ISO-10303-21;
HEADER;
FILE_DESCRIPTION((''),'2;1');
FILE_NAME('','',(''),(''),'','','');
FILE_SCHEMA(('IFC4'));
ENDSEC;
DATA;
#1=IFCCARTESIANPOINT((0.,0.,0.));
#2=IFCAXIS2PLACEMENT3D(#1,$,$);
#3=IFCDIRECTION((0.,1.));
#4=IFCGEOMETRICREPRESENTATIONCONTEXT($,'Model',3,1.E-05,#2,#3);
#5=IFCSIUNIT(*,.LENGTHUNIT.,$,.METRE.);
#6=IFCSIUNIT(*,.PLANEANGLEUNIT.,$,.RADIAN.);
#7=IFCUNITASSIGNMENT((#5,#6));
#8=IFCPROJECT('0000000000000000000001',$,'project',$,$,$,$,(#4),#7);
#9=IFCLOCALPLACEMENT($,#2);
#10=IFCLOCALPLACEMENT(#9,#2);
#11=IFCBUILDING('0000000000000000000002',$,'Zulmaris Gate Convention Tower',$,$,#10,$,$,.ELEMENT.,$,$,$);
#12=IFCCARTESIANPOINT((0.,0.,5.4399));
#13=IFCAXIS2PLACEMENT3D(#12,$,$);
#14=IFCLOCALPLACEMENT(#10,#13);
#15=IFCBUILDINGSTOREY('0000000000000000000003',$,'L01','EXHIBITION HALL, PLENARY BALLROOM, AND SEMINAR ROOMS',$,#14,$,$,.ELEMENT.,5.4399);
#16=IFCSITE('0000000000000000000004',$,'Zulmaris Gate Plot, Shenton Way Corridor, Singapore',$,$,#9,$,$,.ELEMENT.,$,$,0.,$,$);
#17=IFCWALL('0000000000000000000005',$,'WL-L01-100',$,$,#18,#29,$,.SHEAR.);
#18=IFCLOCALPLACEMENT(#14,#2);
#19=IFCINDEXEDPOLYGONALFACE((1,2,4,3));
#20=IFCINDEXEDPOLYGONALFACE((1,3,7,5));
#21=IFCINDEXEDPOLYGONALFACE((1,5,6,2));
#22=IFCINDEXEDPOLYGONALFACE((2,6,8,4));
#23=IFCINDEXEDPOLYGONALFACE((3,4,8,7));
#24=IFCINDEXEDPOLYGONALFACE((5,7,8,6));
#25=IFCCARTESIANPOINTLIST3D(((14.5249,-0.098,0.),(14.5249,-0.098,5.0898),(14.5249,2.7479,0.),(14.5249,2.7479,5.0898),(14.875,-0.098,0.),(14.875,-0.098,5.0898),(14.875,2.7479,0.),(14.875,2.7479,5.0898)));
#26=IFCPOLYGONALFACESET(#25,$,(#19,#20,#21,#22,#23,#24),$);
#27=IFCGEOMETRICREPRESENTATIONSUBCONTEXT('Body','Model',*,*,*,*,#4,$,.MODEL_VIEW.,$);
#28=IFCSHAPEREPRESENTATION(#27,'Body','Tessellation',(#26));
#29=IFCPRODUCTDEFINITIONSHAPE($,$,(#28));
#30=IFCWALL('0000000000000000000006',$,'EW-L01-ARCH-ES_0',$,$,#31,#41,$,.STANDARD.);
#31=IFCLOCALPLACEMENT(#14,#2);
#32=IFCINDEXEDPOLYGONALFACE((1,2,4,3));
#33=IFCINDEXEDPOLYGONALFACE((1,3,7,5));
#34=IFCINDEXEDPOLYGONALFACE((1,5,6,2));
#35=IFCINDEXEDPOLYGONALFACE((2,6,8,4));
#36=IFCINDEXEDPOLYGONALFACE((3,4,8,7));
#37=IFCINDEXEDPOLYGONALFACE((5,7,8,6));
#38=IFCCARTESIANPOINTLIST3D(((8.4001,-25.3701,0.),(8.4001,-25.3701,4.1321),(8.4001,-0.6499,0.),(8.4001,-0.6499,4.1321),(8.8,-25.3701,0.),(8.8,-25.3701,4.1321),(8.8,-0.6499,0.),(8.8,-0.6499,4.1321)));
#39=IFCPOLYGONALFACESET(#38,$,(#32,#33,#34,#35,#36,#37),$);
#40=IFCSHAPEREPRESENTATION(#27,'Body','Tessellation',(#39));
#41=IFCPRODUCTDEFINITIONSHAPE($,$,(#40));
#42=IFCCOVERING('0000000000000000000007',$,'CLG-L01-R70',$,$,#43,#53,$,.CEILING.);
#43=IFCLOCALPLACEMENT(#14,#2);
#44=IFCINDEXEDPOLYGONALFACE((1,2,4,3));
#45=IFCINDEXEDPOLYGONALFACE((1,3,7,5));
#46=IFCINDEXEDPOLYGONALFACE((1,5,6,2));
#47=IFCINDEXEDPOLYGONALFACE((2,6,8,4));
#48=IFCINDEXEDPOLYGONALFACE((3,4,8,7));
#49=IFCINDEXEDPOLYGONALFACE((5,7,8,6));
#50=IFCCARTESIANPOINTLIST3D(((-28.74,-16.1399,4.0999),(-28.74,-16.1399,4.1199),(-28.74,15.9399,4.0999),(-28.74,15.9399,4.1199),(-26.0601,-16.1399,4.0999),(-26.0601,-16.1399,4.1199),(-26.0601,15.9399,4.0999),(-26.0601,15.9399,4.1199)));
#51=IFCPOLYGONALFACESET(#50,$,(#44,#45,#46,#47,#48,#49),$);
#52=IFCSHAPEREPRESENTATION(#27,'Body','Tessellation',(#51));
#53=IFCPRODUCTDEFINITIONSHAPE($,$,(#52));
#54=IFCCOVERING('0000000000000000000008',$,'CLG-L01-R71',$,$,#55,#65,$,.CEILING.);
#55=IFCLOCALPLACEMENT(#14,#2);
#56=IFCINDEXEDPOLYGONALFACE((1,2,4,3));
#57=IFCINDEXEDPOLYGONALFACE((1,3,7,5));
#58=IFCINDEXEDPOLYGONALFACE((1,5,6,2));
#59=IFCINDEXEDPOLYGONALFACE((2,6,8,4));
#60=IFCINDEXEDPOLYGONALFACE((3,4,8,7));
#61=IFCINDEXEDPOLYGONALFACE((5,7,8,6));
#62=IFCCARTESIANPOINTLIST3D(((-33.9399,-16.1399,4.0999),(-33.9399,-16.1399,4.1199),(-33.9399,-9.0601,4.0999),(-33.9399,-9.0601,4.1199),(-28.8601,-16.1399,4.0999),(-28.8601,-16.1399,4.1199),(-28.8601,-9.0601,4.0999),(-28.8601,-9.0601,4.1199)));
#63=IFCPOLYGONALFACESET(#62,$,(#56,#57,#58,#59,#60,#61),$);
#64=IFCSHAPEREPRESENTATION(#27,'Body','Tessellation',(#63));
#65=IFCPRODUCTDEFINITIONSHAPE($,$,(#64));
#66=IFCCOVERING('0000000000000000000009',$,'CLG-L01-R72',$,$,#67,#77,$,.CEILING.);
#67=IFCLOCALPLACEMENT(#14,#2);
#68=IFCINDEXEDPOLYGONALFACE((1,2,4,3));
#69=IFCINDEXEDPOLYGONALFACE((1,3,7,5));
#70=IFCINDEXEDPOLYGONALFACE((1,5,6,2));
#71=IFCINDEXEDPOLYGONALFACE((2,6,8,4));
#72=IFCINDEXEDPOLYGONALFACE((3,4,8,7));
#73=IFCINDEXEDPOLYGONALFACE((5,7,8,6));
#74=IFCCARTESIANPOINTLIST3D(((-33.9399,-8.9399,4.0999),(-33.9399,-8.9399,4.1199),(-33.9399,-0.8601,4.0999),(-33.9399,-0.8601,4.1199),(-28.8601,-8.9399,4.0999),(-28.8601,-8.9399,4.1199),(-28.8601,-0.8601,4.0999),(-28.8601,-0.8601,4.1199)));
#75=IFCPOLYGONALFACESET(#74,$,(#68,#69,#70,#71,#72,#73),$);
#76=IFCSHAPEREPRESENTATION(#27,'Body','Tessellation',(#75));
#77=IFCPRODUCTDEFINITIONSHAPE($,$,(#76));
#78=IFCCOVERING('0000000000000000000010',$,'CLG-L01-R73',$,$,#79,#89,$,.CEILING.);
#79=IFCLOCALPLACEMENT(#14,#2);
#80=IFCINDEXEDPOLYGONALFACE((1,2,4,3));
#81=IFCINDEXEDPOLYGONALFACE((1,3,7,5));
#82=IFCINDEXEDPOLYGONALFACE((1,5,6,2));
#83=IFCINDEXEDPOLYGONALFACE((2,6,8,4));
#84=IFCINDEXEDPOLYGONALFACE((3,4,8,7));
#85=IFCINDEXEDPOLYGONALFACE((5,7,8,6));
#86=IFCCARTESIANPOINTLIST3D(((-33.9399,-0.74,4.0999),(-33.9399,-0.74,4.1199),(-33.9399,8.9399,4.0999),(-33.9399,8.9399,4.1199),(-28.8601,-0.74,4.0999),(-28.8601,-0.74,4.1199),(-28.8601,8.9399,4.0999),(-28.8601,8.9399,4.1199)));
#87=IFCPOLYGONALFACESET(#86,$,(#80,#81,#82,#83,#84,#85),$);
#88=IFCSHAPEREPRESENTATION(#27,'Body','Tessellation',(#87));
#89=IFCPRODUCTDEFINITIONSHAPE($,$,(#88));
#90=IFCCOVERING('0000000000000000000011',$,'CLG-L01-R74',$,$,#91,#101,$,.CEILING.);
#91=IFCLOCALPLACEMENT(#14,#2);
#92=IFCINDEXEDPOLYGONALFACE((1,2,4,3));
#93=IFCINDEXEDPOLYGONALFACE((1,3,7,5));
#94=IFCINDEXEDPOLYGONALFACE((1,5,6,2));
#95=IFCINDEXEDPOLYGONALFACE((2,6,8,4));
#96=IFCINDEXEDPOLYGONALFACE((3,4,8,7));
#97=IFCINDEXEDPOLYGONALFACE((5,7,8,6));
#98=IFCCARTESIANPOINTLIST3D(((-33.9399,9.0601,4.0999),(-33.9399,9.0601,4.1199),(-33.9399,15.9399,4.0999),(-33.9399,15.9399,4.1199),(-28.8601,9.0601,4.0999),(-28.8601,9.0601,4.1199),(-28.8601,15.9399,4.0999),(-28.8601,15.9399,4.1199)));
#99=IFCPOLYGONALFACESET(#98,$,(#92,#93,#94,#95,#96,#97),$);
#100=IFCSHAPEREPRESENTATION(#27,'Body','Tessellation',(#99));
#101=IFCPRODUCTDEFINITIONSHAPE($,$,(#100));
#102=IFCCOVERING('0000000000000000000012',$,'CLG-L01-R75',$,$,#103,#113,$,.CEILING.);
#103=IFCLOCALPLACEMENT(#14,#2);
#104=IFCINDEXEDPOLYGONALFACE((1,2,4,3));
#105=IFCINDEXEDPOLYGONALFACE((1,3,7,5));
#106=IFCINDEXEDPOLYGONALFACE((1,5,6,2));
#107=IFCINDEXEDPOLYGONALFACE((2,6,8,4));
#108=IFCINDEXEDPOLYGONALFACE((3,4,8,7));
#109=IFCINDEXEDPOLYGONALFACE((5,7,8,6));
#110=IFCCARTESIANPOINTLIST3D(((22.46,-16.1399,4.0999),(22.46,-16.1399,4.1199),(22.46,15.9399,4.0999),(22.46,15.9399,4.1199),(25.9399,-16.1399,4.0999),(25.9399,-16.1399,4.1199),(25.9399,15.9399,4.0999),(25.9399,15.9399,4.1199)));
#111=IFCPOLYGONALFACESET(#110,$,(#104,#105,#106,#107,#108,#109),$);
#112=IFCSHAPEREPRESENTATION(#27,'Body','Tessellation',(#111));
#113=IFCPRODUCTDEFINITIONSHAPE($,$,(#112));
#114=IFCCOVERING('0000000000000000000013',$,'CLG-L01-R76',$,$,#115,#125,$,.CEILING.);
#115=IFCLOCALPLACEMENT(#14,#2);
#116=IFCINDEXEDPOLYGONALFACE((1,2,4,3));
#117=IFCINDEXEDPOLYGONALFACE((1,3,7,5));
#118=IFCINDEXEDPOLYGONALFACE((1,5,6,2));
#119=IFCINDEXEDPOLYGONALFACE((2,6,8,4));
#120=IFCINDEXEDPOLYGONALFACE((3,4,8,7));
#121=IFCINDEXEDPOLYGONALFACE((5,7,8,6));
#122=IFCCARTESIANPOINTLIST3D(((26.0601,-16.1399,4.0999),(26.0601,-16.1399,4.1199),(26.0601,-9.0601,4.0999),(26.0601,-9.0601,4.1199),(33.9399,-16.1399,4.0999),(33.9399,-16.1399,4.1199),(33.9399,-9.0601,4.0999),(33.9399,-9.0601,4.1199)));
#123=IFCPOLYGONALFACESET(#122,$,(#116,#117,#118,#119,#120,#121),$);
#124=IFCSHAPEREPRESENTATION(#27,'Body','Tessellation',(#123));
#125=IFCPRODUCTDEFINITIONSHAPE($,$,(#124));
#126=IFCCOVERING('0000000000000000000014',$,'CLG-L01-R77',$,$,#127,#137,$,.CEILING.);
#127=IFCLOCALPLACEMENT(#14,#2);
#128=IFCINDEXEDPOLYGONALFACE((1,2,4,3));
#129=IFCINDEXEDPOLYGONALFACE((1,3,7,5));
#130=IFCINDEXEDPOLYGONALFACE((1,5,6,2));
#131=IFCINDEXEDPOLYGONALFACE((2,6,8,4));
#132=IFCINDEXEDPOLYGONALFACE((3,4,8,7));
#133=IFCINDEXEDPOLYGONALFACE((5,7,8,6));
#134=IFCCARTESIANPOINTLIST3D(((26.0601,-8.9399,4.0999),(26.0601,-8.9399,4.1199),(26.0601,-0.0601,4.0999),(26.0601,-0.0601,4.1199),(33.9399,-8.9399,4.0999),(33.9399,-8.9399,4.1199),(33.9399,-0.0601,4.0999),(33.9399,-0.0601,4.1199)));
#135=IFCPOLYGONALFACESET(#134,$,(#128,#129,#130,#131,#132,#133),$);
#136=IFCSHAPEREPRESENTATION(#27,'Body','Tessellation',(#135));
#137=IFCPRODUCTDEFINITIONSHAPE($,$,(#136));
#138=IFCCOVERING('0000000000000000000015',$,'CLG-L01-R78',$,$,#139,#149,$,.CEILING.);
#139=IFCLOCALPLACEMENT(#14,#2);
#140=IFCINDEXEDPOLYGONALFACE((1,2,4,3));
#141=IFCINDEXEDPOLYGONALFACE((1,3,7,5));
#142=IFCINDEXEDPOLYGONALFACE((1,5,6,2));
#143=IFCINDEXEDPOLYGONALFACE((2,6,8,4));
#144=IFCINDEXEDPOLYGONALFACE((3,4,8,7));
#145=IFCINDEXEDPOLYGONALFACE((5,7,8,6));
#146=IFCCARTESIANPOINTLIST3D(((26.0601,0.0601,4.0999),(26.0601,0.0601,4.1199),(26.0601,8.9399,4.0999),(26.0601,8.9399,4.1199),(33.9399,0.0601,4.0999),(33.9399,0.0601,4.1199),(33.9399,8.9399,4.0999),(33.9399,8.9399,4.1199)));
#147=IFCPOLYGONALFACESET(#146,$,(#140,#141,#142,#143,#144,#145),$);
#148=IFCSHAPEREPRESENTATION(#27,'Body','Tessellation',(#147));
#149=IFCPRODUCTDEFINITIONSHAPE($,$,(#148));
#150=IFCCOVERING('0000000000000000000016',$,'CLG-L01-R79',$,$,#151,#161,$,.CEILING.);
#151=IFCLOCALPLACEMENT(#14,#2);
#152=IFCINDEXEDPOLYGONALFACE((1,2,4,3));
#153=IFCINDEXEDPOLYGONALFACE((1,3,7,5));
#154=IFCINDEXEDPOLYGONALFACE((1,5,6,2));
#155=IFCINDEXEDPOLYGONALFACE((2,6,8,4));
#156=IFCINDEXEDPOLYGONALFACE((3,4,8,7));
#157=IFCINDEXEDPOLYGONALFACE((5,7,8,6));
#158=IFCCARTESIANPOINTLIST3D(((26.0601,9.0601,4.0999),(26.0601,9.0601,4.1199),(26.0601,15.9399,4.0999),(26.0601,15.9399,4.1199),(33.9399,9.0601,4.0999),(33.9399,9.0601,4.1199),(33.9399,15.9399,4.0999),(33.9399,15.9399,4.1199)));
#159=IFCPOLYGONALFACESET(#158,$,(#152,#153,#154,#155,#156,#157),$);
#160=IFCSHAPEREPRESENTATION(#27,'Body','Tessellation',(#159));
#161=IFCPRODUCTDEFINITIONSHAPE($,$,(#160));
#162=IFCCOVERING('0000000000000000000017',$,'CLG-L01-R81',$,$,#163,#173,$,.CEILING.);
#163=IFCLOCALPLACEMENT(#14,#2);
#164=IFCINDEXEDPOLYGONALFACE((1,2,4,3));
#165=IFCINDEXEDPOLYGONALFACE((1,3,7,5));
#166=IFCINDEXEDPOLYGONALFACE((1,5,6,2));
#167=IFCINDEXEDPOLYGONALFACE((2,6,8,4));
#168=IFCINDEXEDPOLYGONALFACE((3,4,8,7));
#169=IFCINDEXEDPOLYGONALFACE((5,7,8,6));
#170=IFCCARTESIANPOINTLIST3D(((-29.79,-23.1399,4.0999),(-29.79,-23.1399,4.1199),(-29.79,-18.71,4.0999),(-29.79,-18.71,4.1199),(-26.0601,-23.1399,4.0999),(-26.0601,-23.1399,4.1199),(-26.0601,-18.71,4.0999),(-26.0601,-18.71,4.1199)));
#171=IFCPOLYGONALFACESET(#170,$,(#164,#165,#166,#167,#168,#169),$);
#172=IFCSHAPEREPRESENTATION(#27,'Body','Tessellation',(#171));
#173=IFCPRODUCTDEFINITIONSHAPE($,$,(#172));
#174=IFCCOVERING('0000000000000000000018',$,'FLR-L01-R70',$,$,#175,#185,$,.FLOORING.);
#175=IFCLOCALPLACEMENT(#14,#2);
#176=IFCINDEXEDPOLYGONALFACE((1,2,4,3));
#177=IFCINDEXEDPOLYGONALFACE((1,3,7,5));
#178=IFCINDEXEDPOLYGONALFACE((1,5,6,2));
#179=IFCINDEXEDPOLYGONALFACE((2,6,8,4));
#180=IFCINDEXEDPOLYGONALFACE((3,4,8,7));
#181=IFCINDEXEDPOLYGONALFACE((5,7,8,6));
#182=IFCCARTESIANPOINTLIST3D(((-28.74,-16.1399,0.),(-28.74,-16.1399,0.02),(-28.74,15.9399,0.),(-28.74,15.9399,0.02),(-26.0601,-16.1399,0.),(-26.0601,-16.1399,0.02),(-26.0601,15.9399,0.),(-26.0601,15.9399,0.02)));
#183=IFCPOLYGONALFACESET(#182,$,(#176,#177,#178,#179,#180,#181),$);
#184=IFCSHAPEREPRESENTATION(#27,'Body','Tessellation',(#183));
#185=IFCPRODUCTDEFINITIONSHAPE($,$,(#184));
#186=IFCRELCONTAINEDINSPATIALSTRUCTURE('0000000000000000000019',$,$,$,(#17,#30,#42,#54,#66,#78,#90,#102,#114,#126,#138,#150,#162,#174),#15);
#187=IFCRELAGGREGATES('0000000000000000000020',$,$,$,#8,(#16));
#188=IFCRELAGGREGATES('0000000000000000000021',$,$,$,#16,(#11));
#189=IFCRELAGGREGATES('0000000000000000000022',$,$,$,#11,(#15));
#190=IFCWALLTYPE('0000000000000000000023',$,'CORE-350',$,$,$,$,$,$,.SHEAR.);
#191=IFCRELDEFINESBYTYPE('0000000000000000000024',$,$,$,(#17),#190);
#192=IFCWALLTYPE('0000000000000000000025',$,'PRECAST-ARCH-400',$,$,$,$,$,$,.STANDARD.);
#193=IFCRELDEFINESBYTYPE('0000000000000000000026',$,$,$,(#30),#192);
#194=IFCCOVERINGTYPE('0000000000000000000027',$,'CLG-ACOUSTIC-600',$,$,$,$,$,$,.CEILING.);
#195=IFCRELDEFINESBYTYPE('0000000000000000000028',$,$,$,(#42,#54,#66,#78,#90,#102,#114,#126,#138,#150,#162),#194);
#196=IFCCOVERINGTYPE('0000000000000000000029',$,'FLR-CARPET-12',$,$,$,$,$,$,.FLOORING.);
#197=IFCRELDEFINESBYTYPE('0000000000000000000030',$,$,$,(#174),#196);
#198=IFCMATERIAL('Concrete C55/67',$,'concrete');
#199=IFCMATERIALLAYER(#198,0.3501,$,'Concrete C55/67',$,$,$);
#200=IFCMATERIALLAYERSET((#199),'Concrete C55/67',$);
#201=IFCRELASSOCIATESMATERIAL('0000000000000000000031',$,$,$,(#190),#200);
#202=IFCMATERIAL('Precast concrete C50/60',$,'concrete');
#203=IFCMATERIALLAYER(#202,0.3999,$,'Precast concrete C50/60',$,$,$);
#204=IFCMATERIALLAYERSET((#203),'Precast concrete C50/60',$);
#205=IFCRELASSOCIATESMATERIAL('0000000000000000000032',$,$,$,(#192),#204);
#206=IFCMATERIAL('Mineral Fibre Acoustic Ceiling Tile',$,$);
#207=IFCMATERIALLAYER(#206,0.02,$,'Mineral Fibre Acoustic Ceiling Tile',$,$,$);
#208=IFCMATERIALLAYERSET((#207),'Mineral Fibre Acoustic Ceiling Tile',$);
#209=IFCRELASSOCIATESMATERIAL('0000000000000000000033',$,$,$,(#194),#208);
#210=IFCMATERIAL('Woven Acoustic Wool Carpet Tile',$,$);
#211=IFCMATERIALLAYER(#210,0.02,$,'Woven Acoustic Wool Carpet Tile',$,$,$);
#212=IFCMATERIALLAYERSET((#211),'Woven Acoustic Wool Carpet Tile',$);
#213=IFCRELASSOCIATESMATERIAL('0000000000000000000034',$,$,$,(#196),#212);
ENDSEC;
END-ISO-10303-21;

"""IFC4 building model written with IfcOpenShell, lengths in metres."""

from ifc_helpers import new_model, si_unit, direction, frame, frame_2d, origin, place, context, subcontext, project, spatial, polyline, rectangle, outline, extrude, material, layer, layer_set, type_object, element, save


model = new_model("IFC4")

# Units and contexts
model_context = context("Model", 3, precision=1e-05, world=origin(), true_north=direction((0.0, 1.0)))
body_context = subcontext(model_context, "Body", "Model", "MODEL_VIEW")
ifc_project = project(units=[si_unit("LENGTHUNIT", "METRE"), si_unit("PLANEANGLEUNIT", "RADIAN")], contexts=[model_context])

# Site, building, storey
site_placement = place(None, origin())
site = spatial("IfcSite", under=ifc_project, at=site_placement, Name="Zulmaris Gate Plot, Shenton Way Corridor, Singapore", CompositionType="ELEMENT", RefElevation=0.0)
building_placement = place(site_placement, origin())
building = spatial("IfcBuilding", under=site, at=building_placement, Name="Zulmaris Gate Convention Tower", CompositionType="ELEMENT")
storey_placement = place(building_placement, frame((0.0, 0.0, 5.4399)))
storey = spatial("IfcBuildingStorey", under=building, at=storey_placement, Name="L01", Description="EXHIBITION HALL, PLENARY BALLROOM, AND SEMINAR ROOMS", CompositionType="ELEMENT", Elevation=5.4399)

# Walls
ifc_material_1 = material(Name="Concrete C55/67", Category="concrete")
ifc_layer_1 = layer(ifc_material_1, 0.3501, Name="Concrete C55/67")
ifc_layer_set_1 = layer_set([ifc_layer_1], Name="Concrete C55/67")
wall_type_1 = type_object("IfcWallType", Name="CORE-350", PredefinedType="SHEAR", material=ifc_layer_set_1)
wall_1_placement = place(storey_placement, frame((14.7, -0.0979, 0.0), z_axis=(0.0, 0.0, 1.0), x_axis=(0.0, 1.0, 0.0)))
element("IfcWall", 1, at=wall_1_placement, inside=storey, type_object=wall_type_1, Name="WL-L01-100", PredefinedType="SHEAR", context=body_context, shape_type="SweptSolid", body=[
    extrude(rectangle(XDim=2.8459, YDim=0.3501, at=frame_2d((1.4229, 0.0))), origin(), (0.0, 0.0, 1.0), 5.0898),
])
ifc_material_2 = material(Name="Precast concrete C50/60", Category="concrete")
ifc_layer_2 = layer(ifc_material_2, 0.3999, Name="Precast concrete C50/60")
ifc_layer_set_2 = layer_set([ifc_layer_2], Name="Precast concrete C50/60")
wall_type_2 = type_object("IfcWallType", Name="PRECAST-ARCH-400", PredefinedType="STANDARD", material=ifc_layer_set_2)
wall_2_placement = place(storey_placement, frame((8.6001, -0.6499, 0.0), z_axis=(0.0, 0.0, 1.0), x_axis=(0.0, -1.0, 0.0)))
element("IfcWall", 2, at=wall_2_placement, inside=storey, type_object=wall_type_2, Name="EW-L01-ARCH-ES_0", PredefinedType="STANDARD", context=body_context, shape_type="SweptSolid", body=[
    extrude(rectangle(XDim=24.7202, YDim=0.3999, at=frame_2d((12.3601, 0.0))), origin(), (0.0, 0.0, 1.0), 4.1321),
])

# Coverings
ifc_material_3 = material(Name="Mineral Fibre Acoustic Ceiling Tile")
ifc_layer_3 = layer(ifc_material_3, 0.02, Name="Mineral Fibre Acoustic Ceiling Tile")
ifc_layer_set_3 = layer_set([ifc_layer_3], Name="Mineral Fibre Acoustic Ceiling Tile")
covering_type_1 = type_object("IfcCoveringType", Name="CLG-ACOUSTIC-600", PredefinedType="CEILING", material=ifc_layer_set_3)
covering_1_placement = place(storey_placement, frame((0.0, 0.0, 4.0999)))
element("IfcCovering", 3, at=covering_1_placement, inside=storey, type_object=covering_type_1, Name="CLG-L01-R70", PredefinedType="CEILING", context=body_context, shape_type="SweptSolid", body=[
    extrude(outline(polyline([(-28.74, -16.1399), (-26.0601, -16.1399), (-26.0601, 15.9399), (-28.74, 15.9399), (-28.74, -16.1399)])), origin(), (0.0, 0.0, 1.0), 0.02),
])
covering_2_placement = place(storey_placement, frame((0.0, 0.0, 4.0999)))
element("IfcCovering", 4, at=covering_2_placement, inside=storey, type_object=covering_type_1, Name="CLG-L01-R71", PredefinedType="CEILING", context=body_context, shape_type="SweptSolid", body=[
    extrude(outline(polyline([(-33.9399, -16.1399), (-28.8601, -16.1399), (-28.8601, -9.0601), (-33.9399, -9.0601), (-33.9399, -16.1399)])), origin(), (0.0, 0.0, 1.0), 0.02),
])
covering_3_placement = place(storey_placement, frame((0.0, 0.0, 4.0999)))
element("IfcCovering", 5, at=covering_3_placement, inside=storey, type_object=covering_type_1, Name="CLG-L01-R72", PredefinedType="CEILING", context=body_context, shape_type="SweptSolid", body=[
    extrude(outline(polyline([(-33.9399, -8.9399), (-28.8601, -8.9399), (-28.8601, -0.8601), (-33.9399, -0.8601), (-33.9399, -8.9399)])), origin(), (0.0, 0.0, 1.0), 0.02),
])
covering_4_placement = place(storey_placement, frame((0.0, 0.0, 4.0999)))
element("IfcCovering", 6, at=covering_4_placement, inside=storey, type_object=covering_type_1, Name="CLG-L01-R73", PredefinedType="CEILING", context=body_context, shape_type="SweptSolid", body=[
    extrude(outline(polyline([(-33.9399, -0.74), (-28.8601, -0.74), (-28.8601, 8.9399), (-33.9399, 8.9399), (-33.9399, -0.74)])), origin(), (0.0, 0.0, 1.0), 0.02),
])
covering_5_placement = place(storey_placement, frame((0.0, 0.0, 4.0999)))
element("IfcCovering", 7, at=covering_5_placement, inside=storey, type_object=covering_type_1, Name="CLG-L01-R74", PredefinedType="CEILING", context=body_context, shape_type="SweptSolid", body=[
    extrude(outline(polyline([(-33.9399, 9.0601), (-28.8601, 9.0601), (-28.8601, 15.9399), (-33.9399, 15.9399), (-33.9399, 9.0601)])), origin(), (0.0, 0.0, 1.0), 0.02),
])
covering_6_placement = place(storey_placement, frame((0.0, 0.0, 4.0999)))
element("IfcCovering", 8, at=covering_6_placement, inside=storey, type_object=covering_type_1, Name="CLG-L01-R75", PredefinedType="CEILING", context=body_context, shape_type="SweptSolid", body=[
    extrude(outline(polyline([(22.46, -16.1399), (25.9399, -16.1399), (25.9399, 15.9399), (22.46, 15.9399), (22.46, -16.1399)])), origin(), (0.0, 0.0, 1.0), 0.02),
])
covering_7_placement = place(storey_placement, frame((0.0, 0.0, 4.0999)))
element("IfcCovering", 9, at=covering_7_placement, inside=storey, type_object=covering_type_1, Name="CLG-L01-R76", PredefinedType="CEILING", context=body_context, shape_type="SweptSolid", body=[
    extrude(outline(polyline([(26.0601, -16.1399), (33.9399, -16.1399), (33.9399, -9.0601), (26.0601, -9.0601), (26.0601, -16.1399)])), origin(), (0.0, 0.0, 1.0), 0.02),
])
covering_8_placement = place(storey_placement, frame((0.0, 0.0, 4.0999)))
element("IfcCovering", 10, at=covering_8_placement, inside=storey, type_object=covering_type_1, Name="CLG-L01-R77", PredefinedType="CEILING", context=body_context, shape_type="SweptSolid", body=[
    extrude(outline(polyline([(26.0601, -8.9399), (33.9399, -8.9399), (33.9399, -0.0601), (26.0601, -0.0601), (26.0601, -8.9399)])), origin(), (0.0, 0.0, 1.0), 0.02),
])
covering_9_placement = place(storey_placement, frame((0.0, 0.0, 4.0999)))
element("IfcCovering", 11, at=covering_9_placement, inside=storey, type_object=covering_type_1, Name="CLG-L01-R78", PredefinedType="CEILING", context=body_context, shape_type="SweptSolid", body=[
    extrude(outline(polyline([(26.0601, 0.0601), (33.9399, 0.0601), (33.9399, 8.9399), (26.0601, 8.9399), (26.0601, 0.0601)])), origin(), (0.0, 0.0, 1.0), 0.02),
])
covering_10_placement = place(storey_placement, frame((0.0, 0.0, 4.0999)))
element("IfcCovering", 12, at=covering_10_placement, inside=storey, type_object=covering_type_1, Name="CLG-L01-R79", PredefinedType="CEILING", context=body_context, shape_type="SweptSolid", body=[
    extrude(outline(polyline([(26.0601, 9.0601), (33.9399, 9.0601), (33.9399, 15.9399), (26.0601, 15.9399), (26.0601, 9.0601)])), origin(), (0.0, 0.0, 1.0), 0.02),
])
covering_11_placement = place(storey_placement, frame((0.0, 0.0, 4.0999)))
element("IfcCovering", 13, at=covering_11_placement, inside=storey, type_object=covering_type_1, Name="CLG-L01-R81", PredefinedType="CEILING", context=body_context, shape_type="SweptSolid", body=[
    extrude(outline(polyline([(-29.79, -23.1399), (-26.0601, -23.1399), (-26.0601, -18.71), (-29.79, -18.71), (-29.79, -23.1399)])), origin(), (0.0, 0.0, 1.0), 0.02),
])
ifc_material_4 = material(Name="Woven Acoustic Wool Carpet Tile")
ifc_layer_4 = layer(ifc_material_4, 0.02, Name="Woven Acoustic Wool Carpet Tile")
ifc_layer_set_4 = layer_set([ifc_layer_4], Name="Woven Acoustic Wool Carpet Tile")
covering_type_2 = type_object("IfcCoveringType", Name="FLR-CARPET-12", PredefinedType="FLOORING", material=ifc_layer_set_4)
covering_12_placement = place(storey_placement, origin())
element("IfcCovering", 14, at=covering_12_placement, inside=storey, type_object=covering_type_2, Name="FLR-L01-R70", PredefinedType="FLOORING", context=body_context, shape_type="SweptSolid", body=[
    extrude(outline(polyline([(-28.74, -16.1399), (-26.0601, -16.1399), (-26.0601, 15.9399), (-28.74, 15.9399), (-28.74, -16.1399)])), origin(), (0.0, 0.0, 1.0), 0.02),
])

save(model, "model.ifc")
